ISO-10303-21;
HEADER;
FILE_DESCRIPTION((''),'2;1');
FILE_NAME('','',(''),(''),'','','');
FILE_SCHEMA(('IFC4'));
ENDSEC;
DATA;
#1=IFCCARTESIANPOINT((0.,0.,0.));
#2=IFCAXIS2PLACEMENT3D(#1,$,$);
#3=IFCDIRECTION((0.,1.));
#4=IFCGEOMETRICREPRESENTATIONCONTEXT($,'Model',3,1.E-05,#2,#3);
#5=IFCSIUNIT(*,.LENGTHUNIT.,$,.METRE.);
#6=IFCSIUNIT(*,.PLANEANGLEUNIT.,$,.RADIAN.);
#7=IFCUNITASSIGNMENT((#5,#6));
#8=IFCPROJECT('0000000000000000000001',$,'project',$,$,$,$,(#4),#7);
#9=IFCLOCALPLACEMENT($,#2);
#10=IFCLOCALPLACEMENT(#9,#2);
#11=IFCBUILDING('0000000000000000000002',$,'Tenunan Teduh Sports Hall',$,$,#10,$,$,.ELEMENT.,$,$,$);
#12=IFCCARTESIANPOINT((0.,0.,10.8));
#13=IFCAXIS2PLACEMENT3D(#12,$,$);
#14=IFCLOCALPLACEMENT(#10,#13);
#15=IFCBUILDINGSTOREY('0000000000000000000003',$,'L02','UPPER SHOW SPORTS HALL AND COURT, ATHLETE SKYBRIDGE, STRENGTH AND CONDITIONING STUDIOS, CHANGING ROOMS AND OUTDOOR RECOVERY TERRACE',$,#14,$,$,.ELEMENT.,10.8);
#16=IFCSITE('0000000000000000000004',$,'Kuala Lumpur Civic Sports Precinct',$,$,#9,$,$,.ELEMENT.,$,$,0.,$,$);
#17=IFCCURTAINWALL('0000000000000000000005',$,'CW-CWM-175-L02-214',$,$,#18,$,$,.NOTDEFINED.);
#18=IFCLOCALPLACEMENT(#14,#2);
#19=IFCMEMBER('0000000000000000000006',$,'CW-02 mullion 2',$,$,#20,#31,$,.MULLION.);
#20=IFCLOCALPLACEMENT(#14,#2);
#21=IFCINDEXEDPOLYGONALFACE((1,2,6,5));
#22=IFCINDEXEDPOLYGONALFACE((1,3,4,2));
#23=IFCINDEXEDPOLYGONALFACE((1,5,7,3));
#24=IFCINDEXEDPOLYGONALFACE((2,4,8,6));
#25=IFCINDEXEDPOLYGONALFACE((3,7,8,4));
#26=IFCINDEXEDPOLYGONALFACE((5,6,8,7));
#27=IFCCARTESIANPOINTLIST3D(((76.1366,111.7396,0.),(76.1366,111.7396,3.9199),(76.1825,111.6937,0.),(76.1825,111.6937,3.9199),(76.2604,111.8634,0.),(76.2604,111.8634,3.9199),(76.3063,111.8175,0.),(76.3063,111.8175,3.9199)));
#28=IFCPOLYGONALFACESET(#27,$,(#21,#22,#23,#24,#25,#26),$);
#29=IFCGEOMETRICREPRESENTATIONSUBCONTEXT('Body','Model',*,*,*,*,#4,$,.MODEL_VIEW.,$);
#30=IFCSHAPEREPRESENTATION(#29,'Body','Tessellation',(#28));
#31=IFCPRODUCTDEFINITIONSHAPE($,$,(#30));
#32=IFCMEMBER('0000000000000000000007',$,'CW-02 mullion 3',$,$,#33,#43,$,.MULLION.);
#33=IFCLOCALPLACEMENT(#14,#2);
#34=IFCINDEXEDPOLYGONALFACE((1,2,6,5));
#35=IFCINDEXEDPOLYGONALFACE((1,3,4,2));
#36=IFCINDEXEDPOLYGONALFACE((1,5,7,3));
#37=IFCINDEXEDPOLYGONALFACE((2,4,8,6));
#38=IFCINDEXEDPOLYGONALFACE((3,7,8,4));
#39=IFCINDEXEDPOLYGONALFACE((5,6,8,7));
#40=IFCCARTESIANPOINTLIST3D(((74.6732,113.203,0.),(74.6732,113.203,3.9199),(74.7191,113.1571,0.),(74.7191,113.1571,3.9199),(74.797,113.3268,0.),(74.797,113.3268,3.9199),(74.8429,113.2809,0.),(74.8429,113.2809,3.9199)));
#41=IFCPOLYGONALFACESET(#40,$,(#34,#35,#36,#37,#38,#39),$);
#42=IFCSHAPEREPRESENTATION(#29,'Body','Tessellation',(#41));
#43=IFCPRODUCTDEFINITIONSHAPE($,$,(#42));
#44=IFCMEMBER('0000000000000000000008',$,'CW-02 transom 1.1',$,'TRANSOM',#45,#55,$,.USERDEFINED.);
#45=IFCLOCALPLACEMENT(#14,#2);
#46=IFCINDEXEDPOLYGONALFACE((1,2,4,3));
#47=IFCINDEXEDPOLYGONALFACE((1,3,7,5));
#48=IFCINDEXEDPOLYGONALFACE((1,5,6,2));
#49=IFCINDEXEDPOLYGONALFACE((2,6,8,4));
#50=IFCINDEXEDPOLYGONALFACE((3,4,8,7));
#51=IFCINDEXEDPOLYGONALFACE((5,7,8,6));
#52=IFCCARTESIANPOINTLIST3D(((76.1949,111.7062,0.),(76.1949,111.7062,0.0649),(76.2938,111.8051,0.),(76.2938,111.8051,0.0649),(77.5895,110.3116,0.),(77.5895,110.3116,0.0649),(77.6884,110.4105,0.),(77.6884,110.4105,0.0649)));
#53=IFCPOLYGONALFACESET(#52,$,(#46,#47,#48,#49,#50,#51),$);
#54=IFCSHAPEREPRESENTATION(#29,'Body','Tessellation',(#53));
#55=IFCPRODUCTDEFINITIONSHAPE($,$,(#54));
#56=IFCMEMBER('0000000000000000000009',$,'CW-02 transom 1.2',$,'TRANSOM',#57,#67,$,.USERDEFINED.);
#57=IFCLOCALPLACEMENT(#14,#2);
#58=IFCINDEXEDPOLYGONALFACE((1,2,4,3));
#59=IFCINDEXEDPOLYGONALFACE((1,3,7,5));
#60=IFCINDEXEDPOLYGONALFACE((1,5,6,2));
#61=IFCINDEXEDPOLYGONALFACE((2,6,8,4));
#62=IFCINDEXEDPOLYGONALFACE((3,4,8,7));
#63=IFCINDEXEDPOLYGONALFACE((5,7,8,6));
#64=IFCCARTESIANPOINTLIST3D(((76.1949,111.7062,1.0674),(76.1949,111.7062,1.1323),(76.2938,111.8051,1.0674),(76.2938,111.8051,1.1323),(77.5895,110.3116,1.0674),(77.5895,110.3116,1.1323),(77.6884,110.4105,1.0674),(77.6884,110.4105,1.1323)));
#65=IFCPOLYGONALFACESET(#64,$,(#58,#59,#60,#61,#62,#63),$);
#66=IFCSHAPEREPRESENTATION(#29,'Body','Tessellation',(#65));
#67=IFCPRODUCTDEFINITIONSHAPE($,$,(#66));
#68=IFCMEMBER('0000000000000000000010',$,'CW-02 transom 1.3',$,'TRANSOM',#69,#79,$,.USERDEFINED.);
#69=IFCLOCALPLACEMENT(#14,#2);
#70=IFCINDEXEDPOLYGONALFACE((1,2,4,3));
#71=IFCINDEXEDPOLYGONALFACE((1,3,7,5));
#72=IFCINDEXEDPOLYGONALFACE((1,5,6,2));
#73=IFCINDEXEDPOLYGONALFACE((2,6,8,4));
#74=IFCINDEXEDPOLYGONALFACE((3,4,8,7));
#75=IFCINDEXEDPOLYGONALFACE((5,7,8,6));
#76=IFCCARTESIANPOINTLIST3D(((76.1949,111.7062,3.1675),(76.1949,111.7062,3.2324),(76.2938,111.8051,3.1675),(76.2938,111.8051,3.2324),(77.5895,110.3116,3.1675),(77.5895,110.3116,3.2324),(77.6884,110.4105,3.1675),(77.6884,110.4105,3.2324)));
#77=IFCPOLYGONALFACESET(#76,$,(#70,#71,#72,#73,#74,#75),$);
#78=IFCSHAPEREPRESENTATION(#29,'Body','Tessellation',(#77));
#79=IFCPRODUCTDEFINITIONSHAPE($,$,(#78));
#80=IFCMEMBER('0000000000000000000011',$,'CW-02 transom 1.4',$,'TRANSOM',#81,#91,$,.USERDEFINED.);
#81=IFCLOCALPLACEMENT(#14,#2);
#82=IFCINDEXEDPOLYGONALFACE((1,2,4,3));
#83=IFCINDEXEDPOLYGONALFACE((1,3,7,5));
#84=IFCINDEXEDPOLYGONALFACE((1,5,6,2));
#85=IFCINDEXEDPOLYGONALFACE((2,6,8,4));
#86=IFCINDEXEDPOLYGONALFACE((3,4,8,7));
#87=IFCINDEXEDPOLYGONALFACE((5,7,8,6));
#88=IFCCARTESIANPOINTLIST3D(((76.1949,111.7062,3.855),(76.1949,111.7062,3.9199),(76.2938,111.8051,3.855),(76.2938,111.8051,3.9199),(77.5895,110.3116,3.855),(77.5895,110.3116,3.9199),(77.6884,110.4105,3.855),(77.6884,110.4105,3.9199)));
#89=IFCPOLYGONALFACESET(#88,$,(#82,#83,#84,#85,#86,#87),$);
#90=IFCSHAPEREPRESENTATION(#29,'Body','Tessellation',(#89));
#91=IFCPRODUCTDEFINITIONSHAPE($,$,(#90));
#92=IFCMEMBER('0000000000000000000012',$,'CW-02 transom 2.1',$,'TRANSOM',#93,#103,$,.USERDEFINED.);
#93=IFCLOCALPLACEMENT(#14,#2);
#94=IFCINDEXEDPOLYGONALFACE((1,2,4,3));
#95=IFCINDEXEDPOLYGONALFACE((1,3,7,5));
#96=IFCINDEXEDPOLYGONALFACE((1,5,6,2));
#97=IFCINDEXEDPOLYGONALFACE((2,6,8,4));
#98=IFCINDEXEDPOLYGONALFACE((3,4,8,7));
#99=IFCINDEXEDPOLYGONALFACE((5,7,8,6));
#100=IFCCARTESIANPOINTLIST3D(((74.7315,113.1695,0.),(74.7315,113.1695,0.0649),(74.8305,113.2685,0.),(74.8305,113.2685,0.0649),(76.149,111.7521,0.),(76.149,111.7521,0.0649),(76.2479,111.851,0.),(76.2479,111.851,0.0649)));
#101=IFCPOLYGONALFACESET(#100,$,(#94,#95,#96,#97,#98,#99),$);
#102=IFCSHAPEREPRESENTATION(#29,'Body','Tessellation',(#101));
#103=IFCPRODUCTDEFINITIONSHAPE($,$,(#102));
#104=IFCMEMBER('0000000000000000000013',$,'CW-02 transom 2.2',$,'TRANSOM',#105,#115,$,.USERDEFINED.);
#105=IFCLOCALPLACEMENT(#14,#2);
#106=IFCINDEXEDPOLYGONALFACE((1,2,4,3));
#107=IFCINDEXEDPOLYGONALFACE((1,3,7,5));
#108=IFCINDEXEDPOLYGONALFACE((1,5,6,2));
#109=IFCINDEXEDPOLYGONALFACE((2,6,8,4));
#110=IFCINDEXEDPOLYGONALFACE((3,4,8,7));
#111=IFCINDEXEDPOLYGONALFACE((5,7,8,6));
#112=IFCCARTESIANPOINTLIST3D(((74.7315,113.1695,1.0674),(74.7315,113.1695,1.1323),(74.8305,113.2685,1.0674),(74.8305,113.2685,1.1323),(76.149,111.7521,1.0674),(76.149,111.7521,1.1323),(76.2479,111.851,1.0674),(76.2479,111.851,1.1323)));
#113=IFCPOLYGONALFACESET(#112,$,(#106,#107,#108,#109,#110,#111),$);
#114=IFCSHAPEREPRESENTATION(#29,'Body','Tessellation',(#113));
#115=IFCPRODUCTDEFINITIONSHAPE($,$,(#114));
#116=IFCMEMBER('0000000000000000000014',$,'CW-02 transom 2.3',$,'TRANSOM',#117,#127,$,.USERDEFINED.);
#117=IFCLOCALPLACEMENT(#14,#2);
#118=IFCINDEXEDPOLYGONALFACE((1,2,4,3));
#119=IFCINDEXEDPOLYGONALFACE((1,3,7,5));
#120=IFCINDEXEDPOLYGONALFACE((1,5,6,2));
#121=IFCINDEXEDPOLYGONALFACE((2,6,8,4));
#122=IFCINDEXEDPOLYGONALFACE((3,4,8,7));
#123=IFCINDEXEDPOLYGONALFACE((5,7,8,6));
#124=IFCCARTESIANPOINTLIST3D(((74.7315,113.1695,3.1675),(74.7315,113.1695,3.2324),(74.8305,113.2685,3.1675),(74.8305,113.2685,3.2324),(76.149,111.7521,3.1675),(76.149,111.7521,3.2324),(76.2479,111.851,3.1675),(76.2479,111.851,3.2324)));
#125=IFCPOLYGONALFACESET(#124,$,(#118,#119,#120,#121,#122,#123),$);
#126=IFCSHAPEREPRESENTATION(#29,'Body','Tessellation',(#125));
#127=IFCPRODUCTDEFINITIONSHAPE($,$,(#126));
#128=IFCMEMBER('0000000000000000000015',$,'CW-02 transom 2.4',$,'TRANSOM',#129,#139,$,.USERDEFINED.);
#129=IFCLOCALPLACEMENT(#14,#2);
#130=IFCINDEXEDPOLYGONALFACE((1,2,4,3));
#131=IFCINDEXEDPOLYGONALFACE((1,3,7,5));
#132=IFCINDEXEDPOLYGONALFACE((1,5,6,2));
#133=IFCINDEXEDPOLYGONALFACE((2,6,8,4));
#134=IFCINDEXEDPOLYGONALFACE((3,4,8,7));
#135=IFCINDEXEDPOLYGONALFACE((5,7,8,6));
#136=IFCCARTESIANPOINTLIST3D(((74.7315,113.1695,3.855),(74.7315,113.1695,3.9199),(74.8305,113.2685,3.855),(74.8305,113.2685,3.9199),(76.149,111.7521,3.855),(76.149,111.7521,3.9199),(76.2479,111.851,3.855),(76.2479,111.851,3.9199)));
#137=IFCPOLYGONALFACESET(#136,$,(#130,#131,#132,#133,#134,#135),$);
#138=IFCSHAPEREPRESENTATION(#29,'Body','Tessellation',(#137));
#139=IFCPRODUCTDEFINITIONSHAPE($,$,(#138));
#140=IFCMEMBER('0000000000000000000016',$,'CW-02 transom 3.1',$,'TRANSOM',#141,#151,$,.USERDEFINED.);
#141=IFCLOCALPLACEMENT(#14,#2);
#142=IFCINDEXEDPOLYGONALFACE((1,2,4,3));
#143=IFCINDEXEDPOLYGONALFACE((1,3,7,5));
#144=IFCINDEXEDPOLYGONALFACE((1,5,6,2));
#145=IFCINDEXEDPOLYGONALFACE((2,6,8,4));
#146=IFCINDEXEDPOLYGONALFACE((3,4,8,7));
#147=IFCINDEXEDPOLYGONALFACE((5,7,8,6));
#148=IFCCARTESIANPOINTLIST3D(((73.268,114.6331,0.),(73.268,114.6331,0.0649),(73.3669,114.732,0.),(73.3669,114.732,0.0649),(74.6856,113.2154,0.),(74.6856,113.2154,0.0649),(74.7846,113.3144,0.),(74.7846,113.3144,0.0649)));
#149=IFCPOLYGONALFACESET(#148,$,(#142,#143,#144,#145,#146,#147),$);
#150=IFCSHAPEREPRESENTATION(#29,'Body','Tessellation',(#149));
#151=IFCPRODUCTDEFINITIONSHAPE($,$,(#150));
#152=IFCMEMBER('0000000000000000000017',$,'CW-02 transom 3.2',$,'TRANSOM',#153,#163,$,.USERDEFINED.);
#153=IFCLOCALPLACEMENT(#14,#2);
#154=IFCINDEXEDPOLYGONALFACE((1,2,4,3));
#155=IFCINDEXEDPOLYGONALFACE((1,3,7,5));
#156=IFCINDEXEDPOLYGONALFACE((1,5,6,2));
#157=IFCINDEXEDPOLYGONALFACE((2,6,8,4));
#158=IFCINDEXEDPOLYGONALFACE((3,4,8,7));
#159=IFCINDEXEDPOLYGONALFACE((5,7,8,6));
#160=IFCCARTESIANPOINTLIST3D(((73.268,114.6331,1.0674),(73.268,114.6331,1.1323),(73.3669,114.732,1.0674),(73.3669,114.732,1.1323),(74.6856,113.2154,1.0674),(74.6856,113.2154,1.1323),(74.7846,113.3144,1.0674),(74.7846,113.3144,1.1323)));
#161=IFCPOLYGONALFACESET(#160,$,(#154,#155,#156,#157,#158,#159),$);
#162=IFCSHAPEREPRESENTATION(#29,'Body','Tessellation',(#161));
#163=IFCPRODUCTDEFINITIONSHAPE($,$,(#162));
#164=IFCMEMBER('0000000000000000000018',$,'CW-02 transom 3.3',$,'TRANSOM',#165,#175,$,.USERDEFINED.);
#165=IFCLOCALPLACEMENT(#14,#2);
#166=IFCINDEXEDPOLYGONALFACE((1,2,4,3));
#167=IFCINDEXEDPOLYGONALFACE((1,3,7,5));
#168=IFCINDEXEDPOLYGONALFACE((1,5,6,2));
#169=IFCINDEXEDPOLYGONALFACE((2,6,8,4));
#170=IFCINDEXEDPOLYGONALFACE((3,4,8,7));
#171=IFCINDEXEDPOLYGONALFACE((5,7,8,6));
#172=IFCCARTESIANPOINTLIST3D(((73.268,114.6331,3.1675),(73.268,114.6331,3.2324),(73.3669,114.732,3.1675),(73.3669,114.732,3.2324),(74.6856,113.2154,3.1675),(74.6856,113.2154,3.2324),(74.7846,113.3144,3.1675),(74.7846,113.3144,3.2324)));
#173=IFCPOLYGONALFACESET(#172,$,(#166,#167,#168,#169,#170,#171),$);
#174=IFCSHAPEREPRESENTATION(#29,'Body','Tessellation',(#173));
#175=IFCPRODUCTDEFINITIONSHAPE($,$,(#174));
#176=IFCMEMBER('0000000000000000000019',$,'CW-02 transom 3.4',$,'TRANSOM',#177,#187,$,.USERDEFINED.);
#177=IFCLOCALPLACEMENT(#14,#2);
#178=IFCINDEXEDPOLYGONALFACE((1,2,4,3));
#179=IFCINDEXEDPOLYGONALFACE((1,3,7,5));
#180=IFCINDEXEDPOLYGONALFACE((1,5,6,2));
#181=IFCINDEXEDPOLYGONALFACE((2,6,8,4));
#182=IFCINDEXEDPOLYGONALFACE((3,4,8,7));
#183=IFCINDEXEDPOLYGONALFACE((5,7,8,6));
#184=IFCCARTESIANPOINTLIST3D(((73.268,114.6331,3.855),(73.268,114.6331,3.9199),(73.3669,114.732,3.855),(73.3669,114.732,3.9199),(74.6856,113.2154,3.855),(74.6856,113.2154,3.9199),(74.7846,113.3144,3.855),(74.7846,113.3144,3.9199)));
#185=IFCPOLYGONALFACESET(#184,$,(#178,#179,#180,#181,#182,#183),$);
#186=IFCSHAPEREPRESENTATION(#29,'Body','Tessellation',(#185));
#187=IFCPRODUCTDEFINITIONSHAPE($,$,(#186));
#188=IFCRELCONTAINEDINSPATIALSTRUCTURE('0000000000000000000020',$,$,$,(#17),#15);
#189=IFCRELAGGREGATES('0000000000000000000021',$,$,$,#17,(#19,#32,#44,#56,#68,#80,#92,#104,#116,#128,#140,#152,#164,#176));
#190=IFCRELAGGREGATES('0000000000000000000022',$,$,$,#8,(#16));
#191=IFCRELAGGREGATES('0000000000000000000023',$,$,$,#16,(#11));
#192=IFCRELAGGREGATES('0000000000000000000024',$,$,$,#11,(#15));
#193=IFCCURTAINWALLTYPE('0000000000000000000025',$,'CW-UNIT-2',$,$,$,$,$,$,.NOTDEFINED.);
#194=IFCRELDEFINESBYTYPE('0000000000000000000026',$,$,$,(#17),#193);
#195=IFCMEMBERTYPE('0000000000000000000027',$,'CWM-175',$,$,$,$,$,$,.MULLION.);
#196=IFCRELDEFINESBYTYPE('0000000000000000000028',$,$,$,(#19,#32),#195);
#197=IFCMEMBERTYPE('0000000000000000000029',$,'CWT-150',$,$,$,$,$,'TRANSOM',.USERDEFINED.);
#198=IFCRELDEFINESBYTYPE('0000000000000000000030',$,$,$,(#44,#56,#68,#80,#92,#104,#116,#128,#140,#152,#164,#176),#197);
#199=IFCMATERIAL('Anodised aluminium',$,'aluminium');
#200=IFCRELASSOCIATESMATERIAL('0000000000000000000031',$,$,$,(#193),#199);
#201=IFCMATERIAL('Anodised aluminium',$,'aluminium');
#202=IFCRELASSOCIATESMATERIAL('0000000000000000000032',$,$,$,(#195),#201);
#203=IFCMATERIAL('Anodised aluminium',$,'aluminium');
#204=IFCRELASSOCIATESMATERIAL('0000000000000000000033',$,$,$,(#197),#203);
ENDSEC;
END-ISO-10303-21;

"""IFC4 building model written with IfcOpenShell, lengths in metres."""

from ifc_helpers import new_model, si_unit, direction, frame, origin, origin_2d, place, context, subcontext, project, spatial, rectangle, extrude, material, material_profile, profile_set, type_object, element, aggregate, save


model = new_model("IFC4")

# Units and contexts
model_context = context("Model", 3, precision=1e-05, world=origin(), true_north=direction((0.0, 1.0)))
body_context = subcontext(model_context, "Body", "Model", "MODEL_VIEW")
ifc_project = project(units=[si_unit("LENGTHUNIT", "METRE"), si_unit("PLANEANGLEUNIT", "RADIAN")], contexts=[model_context])

# Site, building, storey
site_placement = place(None, origin())
site = spatial("IfcSite", under=ifc_project, at=site_placement, Name="Kuala Lumpur Civic Sports Precinct", CompositionType="ELEMENT", RefElevation=0.0)
building_placement = place(site_placement, origin())
building = spatial("IfcBuilding", under=site, at=building_placement, Name="Tenunan Teduh Sports Hall", CompositionType="ELEMENT")
storey_placement = place(building_placement, frame((0.0, 0.0, 10.8)))
storey = spatial("IfcBuildingStorey", under=building, at=storey_placement, Name="L02", Description="UPPER SHOW SPORTS HALL AND COURT, ATHLETE SKYBRIDGE, STRENGTH AND CONDITIONING STUDIOS, CHANGING ROOMS AND OUTDOOR RECOVERY TERRACE", CompositionType="ELEMENT", Elevation=10.8)

# Curtain wall, members
ifc_material_1 = material(Name="Anodised aluminium", Category="aluminium")
curtain_wall_type = type_object("IfcCurtainWallType", Name="CW-UNIT-2", PredefinedType="NOTDEFINED", material=ifc_material_1)
curtain_wall_placement = place(storey_placement, origin())
curtain_wall = element("IfcCurtainWall", 1, at=curtain_wall_placement, inside=storey, type_object=curtain_wall_type, Name="CW-CWM-175-L02-214", PredefinedType="NOTDEFINED")
ifc_material_2 = material(Name="Anodised aluminium", Category="aluminium")
ifc_material_profile_1 = material_profile(ifc_material_2, rectangle(XDim=0.0649, YDim=0.175, at=origin_2d()), Name="CWM 65x175")
ifc_profile_set_1 = profile_set([ifc_material_profile_1], Name="Anodised aluminium")
member_type_1 = type_object("IfcMemberType", Name="CWM-175", PredefinedType="MULLION", material=ifc_profile_set_1)
member_1_placement = place(storey_placement, frame((76.2214, 111.7786, 0.0), z_axis=(0.0, 0.0, 1.0), x_axis=(-0.707107, 0.707107, 0.0)))
member_1 = element("IfcMember", 2, at=member_1_placement, type_object=member_type_1, Name="CW-02 mullion 2", PredefinedType="MULLION", context=body_context, shape_type="SweptSolid", body=[
    extrude(rectangle(XDim=0.0649, YDim=0.175, at=origin_2d()), origin(), (0.0, 0.0, 1.0), 3.9199),
])
member_2_placement = place(storey_placement, frame((74.7581, 113.2419, 0.0), z_axis=(0.0, 0.0, 1.0), x_axis=(-0.707107, 0.707107, 0.0)))
member_2 = element("IfcMember", 3, at=member_2_placement, type_object=member_type_1, Name="CW-02 mullion 3", PredefinedType="MULLION", context=body_context, shape_type="SweptSolid", body=[
    extrude(rectangle(XDim=0.0649, YDim=0.175, at=origin_2d()), origin(), (0.0, 0.0, 1.0), 3.9199),
])
ifc_material_3 = material(Name="Anodised aluminium", Category="aluminium")
ifc_material_profile_2 = material_profile(ifc_material_3, rectangle(XDim=0.0649, YDim=0.1399, at=origin_2d()), Name="CWT 65x140")
ifc_profile_set_2 = profile_set([ifc_material_profile_2], Name="Anodised aluminium")
member_type_2 = type_object("IfcMemberType", Name="CWT-150", ElementType="TRANSOM", PredefinedType="USERDEFINED", material=ifc_profile_set_2)
member_3_placement = place(storey_placement, frame((77.6389, 110.3611, 0.0325), z_axis=(-0.707107, 0.707107, 0.0), x_axis=(0.0, 0.0, 1.0)))
member_3 = element("IfcMember", 4, at=member_3_placement, type_object=member_type_2, Name="CW-02 transom 1.1", ObjectType="TRANSOM", PredefinedType="USERDEFINED", context=body_context, shape_type="SweptSolid", body=[
    extrude(rectangle(XDim=0.0649, YDim=0.1399, at=origin_2d()), origin(), (0.0, 0.0, 1.0), 1.9722),
])
member_4_placement = place(storey_placement, frame((77.6389, 110.3611, 1.0999), z_axis=(-0.707107, 0.707107, 0.0), x_axis=(0.0, 0.0, 1.0)))
member_4 = element("IfcMember", 5, at=member_4_placement, type_object=member_type_2, Name="CW-02 transom 1.2", ObjectType="TRANSOM", PredefinedType="USERDEFINED", context=body_context, shape_type="SweptSolid", body=[
    extrude(rectangle(XDim=0.0649, YDim=0.1399, at=origin_2d()), origin(), (0.0, 0.0, 1.0), 1.9722),
])
member_5_placement = place(storey_placement, frame((77.6389, 110.3611, 3.2), z_axis=(-0.707107, 0.707107, 0.0), x_axis=(0.0, 0.0, 1.0)))
member_5 = element("IfcMember", 6, at=member_5_placement, type_object=member_type_2, Name="CW-02 transom 1.3", ObjectType="TRANSOM", PredefinedType="USERDEFINED", context=body_context, shape_type="SweptSolid", body=[
    extrude(rectangle(XDim=0.0649, YDim=0.1399, at=origin_2d()), origin(), (0.0, 0.0, 1.0), 1.9722),
])
member_6_placement = place(storey_placement, frame((77.6389, 110.3611, 3.8875), z_axis=(-0.707107, 0.707107, 0.0), x_axis=(0.0, 0.0, 1.0)))
member_6 = element("IfcMember", 7, at=member_6_placement, type_object=member_type_2, Name="CW-02 transom 1.4", ObjectType="TRANSOM", PredefinedType="USERDEFINED", context=body_context, shape_type="SweptSolid", body=[
    extrude(rectangle(XDim=0.0649, YDim=0.1399, at=origin_2d()), origin(), (0.0, 0.0, 1.0), 1.9722),
])
member_7_placement = place(storey_placement, frame((76.1985, 111.8015, 0.0325), z_axis=(-0.707107, 0.707107, 0.0), x_axis=(0.0, 0.0, 1.0)))
member_7 = element("IfcMember", 8, at=member_7_placement, type_object=member_type_2, Name="CW-02 transom 2.1", ObjectType="TRANSOM", PredefinedType="USERDEFINED", context=body_context, shape_type="SweptSolid", body=[
    extrude(rectangle(XDim=0.0649, YDim=0.1399, at=origin_2d()), origin(), (0.0, 0.0, 1.0), 2.0046),
])
member_8_placement = place(storey_placement, frame((76.1985, 111.8015, 1.0999), z_axis=(-0.707107, 0.707107, 0.0), x_axis=(0.0, 0.0, 1.0)))
member_8 = element("IfcMember", 9, at=member_8_placement, type_object=member_type_2, Name="CW-02 transom 2.2", ObjectType="TRANSOM", PredefinedType="USERDEFINED", context=body_context, shape_type="SweptSolid", body=[
    extrude(rectangle(XDim=0.0649, YDim=0.1399, at=origin_2d()), origin(), (0.0, 0.0, 1.0), 2.0046),
])
member_9_placement = place(storey_placement, frame((76.1985, 111.8015, 3.2), z_axis=(-0.707107, 0.707107, 0.0), x_axis=(0.0, 0.0, 1.0)))
member_9 = element("IfcMember", 10, at=member_9_placement, type_object=member_type_2, Name="CW-02 transom 2.3", ObjectType="TRANSOM", PredefinedType="USERDEFINED", context=body_context, shape_type="SweptSolid", body=[
    extrude(rectangle(XDim=0.0649, YDim=0.1399, at=origin_2d()), origin(), (0.0, 0.0, 1.0), 2.0046),
])
member_10_placement = place(storey_placement, frame((76.1985, 111.8015, 3.8875), z_axis=(-0.707107, 0.707107, 0.0), x_axis=(0.0, 0.0, 1.0)))
member_10 = element("IfcMember", 11, at=member_10_placement, type_object=member_type_2, Name="CW-02 transom 2.4", ObjectType="TRANSOM", PredefinedType="USERDEFINED", context=body_context, shape_type="SweptSolid", body=[
    extrude(rectangle(XDim=0.0649, YDim=0.1399, at=origin_2d()), origin(), (0.0, 0.0, 1.0), 2.0046),
])
member_11_placement = place(storey_placement, frame((74.7351, 113.2649, 0.0325), z_axis=(-0.707107, 0.707107, 0.0), x_axis=(0.0, 0.0, 1.0)))
member_11 = element("IfcMember", 12, at=member_11_placement, type_object=member_type_2, Name="CW-02 transom 3.1", ObjectType="TRANSOM", PredefinedType="USERDEFINED", context=body_context, shape_type="SweptSolid", body=[
    extrude(rectangle(XDim=0.0649, YDim=0.1399, at=origin_2d()), origin(), (0.0, 0.0, 1.0), 2.0049),
])
member_12_placement = place(storey_placement, frame((74.7351, 113.2649, 1.0999), z_axis=(-0.707107, 0.707107, 0.0), x_axis=(0.0, 0.0, 1.0)))
member_12 = element("IfcMember", 13, at=member_12_placement, type_object=member_type_2, Name="CW-02 transom 3.2", ObjectType="TRANSOM", PredefinedType="USERDEFINED", context=body_context, shape_type="SweptSolid", body=[
    extrude(rectangle(XDim=0.0649, YDim=0.1399, at=origin_2d()), origin(), (0.0, 0.0, 1.0), 2.0049),
])
member_13_placement = place(storey_placement, frame((74.7351, 113.2649, 3.2), z_axis=(-0.707107, 0.707107, 0.0), x_axis=(0.0, 0.0, 1.0)))
member_13 = element("IfcMember", 14, at=member_13_placement, type_object=member_type_2, Name="CW-02 transom 3.3", ObjectType="TRANSOM", PredefinedType="USERDEFINED", context=body_context, shape_type="SweptSolid", body=[
    extrude(rectangle(XDim=0.0649, YDim=0.1399, at=origin_2d()), origin(), (0.0, 0.0, 1.0), 2.0049),
])
member_14_placement = place(storey_placement, frame((74.7351, 113.2649, 3.8875), z_axis=(-0.707107, 0.707107, 0.0), x_axis=(0.0, 0.0, 1.0)))
member_14 = element("IfcMember", 15, at=member_14_placement, type_object=member_type_2, Name="CW-02 transom 3.4", ObjectType="TRANSOM", PredefinedType="USERDEFINED", context=body_context, shape_type="SweptSolid", body=[
    extrude(rectangle(XDim=0.0649, YDim=0.1399, at=origin_2d()), origin(), (0.0, 0.0, 1.0), 2.0049),
])
aggregate(curtain_wall, [member_1, member_2, member_3, member_4, member_5, member_6, member_7, member_8, member_9, member_10, member_11, member_12, member_13, member_14])

save(model, "model.ifc")
